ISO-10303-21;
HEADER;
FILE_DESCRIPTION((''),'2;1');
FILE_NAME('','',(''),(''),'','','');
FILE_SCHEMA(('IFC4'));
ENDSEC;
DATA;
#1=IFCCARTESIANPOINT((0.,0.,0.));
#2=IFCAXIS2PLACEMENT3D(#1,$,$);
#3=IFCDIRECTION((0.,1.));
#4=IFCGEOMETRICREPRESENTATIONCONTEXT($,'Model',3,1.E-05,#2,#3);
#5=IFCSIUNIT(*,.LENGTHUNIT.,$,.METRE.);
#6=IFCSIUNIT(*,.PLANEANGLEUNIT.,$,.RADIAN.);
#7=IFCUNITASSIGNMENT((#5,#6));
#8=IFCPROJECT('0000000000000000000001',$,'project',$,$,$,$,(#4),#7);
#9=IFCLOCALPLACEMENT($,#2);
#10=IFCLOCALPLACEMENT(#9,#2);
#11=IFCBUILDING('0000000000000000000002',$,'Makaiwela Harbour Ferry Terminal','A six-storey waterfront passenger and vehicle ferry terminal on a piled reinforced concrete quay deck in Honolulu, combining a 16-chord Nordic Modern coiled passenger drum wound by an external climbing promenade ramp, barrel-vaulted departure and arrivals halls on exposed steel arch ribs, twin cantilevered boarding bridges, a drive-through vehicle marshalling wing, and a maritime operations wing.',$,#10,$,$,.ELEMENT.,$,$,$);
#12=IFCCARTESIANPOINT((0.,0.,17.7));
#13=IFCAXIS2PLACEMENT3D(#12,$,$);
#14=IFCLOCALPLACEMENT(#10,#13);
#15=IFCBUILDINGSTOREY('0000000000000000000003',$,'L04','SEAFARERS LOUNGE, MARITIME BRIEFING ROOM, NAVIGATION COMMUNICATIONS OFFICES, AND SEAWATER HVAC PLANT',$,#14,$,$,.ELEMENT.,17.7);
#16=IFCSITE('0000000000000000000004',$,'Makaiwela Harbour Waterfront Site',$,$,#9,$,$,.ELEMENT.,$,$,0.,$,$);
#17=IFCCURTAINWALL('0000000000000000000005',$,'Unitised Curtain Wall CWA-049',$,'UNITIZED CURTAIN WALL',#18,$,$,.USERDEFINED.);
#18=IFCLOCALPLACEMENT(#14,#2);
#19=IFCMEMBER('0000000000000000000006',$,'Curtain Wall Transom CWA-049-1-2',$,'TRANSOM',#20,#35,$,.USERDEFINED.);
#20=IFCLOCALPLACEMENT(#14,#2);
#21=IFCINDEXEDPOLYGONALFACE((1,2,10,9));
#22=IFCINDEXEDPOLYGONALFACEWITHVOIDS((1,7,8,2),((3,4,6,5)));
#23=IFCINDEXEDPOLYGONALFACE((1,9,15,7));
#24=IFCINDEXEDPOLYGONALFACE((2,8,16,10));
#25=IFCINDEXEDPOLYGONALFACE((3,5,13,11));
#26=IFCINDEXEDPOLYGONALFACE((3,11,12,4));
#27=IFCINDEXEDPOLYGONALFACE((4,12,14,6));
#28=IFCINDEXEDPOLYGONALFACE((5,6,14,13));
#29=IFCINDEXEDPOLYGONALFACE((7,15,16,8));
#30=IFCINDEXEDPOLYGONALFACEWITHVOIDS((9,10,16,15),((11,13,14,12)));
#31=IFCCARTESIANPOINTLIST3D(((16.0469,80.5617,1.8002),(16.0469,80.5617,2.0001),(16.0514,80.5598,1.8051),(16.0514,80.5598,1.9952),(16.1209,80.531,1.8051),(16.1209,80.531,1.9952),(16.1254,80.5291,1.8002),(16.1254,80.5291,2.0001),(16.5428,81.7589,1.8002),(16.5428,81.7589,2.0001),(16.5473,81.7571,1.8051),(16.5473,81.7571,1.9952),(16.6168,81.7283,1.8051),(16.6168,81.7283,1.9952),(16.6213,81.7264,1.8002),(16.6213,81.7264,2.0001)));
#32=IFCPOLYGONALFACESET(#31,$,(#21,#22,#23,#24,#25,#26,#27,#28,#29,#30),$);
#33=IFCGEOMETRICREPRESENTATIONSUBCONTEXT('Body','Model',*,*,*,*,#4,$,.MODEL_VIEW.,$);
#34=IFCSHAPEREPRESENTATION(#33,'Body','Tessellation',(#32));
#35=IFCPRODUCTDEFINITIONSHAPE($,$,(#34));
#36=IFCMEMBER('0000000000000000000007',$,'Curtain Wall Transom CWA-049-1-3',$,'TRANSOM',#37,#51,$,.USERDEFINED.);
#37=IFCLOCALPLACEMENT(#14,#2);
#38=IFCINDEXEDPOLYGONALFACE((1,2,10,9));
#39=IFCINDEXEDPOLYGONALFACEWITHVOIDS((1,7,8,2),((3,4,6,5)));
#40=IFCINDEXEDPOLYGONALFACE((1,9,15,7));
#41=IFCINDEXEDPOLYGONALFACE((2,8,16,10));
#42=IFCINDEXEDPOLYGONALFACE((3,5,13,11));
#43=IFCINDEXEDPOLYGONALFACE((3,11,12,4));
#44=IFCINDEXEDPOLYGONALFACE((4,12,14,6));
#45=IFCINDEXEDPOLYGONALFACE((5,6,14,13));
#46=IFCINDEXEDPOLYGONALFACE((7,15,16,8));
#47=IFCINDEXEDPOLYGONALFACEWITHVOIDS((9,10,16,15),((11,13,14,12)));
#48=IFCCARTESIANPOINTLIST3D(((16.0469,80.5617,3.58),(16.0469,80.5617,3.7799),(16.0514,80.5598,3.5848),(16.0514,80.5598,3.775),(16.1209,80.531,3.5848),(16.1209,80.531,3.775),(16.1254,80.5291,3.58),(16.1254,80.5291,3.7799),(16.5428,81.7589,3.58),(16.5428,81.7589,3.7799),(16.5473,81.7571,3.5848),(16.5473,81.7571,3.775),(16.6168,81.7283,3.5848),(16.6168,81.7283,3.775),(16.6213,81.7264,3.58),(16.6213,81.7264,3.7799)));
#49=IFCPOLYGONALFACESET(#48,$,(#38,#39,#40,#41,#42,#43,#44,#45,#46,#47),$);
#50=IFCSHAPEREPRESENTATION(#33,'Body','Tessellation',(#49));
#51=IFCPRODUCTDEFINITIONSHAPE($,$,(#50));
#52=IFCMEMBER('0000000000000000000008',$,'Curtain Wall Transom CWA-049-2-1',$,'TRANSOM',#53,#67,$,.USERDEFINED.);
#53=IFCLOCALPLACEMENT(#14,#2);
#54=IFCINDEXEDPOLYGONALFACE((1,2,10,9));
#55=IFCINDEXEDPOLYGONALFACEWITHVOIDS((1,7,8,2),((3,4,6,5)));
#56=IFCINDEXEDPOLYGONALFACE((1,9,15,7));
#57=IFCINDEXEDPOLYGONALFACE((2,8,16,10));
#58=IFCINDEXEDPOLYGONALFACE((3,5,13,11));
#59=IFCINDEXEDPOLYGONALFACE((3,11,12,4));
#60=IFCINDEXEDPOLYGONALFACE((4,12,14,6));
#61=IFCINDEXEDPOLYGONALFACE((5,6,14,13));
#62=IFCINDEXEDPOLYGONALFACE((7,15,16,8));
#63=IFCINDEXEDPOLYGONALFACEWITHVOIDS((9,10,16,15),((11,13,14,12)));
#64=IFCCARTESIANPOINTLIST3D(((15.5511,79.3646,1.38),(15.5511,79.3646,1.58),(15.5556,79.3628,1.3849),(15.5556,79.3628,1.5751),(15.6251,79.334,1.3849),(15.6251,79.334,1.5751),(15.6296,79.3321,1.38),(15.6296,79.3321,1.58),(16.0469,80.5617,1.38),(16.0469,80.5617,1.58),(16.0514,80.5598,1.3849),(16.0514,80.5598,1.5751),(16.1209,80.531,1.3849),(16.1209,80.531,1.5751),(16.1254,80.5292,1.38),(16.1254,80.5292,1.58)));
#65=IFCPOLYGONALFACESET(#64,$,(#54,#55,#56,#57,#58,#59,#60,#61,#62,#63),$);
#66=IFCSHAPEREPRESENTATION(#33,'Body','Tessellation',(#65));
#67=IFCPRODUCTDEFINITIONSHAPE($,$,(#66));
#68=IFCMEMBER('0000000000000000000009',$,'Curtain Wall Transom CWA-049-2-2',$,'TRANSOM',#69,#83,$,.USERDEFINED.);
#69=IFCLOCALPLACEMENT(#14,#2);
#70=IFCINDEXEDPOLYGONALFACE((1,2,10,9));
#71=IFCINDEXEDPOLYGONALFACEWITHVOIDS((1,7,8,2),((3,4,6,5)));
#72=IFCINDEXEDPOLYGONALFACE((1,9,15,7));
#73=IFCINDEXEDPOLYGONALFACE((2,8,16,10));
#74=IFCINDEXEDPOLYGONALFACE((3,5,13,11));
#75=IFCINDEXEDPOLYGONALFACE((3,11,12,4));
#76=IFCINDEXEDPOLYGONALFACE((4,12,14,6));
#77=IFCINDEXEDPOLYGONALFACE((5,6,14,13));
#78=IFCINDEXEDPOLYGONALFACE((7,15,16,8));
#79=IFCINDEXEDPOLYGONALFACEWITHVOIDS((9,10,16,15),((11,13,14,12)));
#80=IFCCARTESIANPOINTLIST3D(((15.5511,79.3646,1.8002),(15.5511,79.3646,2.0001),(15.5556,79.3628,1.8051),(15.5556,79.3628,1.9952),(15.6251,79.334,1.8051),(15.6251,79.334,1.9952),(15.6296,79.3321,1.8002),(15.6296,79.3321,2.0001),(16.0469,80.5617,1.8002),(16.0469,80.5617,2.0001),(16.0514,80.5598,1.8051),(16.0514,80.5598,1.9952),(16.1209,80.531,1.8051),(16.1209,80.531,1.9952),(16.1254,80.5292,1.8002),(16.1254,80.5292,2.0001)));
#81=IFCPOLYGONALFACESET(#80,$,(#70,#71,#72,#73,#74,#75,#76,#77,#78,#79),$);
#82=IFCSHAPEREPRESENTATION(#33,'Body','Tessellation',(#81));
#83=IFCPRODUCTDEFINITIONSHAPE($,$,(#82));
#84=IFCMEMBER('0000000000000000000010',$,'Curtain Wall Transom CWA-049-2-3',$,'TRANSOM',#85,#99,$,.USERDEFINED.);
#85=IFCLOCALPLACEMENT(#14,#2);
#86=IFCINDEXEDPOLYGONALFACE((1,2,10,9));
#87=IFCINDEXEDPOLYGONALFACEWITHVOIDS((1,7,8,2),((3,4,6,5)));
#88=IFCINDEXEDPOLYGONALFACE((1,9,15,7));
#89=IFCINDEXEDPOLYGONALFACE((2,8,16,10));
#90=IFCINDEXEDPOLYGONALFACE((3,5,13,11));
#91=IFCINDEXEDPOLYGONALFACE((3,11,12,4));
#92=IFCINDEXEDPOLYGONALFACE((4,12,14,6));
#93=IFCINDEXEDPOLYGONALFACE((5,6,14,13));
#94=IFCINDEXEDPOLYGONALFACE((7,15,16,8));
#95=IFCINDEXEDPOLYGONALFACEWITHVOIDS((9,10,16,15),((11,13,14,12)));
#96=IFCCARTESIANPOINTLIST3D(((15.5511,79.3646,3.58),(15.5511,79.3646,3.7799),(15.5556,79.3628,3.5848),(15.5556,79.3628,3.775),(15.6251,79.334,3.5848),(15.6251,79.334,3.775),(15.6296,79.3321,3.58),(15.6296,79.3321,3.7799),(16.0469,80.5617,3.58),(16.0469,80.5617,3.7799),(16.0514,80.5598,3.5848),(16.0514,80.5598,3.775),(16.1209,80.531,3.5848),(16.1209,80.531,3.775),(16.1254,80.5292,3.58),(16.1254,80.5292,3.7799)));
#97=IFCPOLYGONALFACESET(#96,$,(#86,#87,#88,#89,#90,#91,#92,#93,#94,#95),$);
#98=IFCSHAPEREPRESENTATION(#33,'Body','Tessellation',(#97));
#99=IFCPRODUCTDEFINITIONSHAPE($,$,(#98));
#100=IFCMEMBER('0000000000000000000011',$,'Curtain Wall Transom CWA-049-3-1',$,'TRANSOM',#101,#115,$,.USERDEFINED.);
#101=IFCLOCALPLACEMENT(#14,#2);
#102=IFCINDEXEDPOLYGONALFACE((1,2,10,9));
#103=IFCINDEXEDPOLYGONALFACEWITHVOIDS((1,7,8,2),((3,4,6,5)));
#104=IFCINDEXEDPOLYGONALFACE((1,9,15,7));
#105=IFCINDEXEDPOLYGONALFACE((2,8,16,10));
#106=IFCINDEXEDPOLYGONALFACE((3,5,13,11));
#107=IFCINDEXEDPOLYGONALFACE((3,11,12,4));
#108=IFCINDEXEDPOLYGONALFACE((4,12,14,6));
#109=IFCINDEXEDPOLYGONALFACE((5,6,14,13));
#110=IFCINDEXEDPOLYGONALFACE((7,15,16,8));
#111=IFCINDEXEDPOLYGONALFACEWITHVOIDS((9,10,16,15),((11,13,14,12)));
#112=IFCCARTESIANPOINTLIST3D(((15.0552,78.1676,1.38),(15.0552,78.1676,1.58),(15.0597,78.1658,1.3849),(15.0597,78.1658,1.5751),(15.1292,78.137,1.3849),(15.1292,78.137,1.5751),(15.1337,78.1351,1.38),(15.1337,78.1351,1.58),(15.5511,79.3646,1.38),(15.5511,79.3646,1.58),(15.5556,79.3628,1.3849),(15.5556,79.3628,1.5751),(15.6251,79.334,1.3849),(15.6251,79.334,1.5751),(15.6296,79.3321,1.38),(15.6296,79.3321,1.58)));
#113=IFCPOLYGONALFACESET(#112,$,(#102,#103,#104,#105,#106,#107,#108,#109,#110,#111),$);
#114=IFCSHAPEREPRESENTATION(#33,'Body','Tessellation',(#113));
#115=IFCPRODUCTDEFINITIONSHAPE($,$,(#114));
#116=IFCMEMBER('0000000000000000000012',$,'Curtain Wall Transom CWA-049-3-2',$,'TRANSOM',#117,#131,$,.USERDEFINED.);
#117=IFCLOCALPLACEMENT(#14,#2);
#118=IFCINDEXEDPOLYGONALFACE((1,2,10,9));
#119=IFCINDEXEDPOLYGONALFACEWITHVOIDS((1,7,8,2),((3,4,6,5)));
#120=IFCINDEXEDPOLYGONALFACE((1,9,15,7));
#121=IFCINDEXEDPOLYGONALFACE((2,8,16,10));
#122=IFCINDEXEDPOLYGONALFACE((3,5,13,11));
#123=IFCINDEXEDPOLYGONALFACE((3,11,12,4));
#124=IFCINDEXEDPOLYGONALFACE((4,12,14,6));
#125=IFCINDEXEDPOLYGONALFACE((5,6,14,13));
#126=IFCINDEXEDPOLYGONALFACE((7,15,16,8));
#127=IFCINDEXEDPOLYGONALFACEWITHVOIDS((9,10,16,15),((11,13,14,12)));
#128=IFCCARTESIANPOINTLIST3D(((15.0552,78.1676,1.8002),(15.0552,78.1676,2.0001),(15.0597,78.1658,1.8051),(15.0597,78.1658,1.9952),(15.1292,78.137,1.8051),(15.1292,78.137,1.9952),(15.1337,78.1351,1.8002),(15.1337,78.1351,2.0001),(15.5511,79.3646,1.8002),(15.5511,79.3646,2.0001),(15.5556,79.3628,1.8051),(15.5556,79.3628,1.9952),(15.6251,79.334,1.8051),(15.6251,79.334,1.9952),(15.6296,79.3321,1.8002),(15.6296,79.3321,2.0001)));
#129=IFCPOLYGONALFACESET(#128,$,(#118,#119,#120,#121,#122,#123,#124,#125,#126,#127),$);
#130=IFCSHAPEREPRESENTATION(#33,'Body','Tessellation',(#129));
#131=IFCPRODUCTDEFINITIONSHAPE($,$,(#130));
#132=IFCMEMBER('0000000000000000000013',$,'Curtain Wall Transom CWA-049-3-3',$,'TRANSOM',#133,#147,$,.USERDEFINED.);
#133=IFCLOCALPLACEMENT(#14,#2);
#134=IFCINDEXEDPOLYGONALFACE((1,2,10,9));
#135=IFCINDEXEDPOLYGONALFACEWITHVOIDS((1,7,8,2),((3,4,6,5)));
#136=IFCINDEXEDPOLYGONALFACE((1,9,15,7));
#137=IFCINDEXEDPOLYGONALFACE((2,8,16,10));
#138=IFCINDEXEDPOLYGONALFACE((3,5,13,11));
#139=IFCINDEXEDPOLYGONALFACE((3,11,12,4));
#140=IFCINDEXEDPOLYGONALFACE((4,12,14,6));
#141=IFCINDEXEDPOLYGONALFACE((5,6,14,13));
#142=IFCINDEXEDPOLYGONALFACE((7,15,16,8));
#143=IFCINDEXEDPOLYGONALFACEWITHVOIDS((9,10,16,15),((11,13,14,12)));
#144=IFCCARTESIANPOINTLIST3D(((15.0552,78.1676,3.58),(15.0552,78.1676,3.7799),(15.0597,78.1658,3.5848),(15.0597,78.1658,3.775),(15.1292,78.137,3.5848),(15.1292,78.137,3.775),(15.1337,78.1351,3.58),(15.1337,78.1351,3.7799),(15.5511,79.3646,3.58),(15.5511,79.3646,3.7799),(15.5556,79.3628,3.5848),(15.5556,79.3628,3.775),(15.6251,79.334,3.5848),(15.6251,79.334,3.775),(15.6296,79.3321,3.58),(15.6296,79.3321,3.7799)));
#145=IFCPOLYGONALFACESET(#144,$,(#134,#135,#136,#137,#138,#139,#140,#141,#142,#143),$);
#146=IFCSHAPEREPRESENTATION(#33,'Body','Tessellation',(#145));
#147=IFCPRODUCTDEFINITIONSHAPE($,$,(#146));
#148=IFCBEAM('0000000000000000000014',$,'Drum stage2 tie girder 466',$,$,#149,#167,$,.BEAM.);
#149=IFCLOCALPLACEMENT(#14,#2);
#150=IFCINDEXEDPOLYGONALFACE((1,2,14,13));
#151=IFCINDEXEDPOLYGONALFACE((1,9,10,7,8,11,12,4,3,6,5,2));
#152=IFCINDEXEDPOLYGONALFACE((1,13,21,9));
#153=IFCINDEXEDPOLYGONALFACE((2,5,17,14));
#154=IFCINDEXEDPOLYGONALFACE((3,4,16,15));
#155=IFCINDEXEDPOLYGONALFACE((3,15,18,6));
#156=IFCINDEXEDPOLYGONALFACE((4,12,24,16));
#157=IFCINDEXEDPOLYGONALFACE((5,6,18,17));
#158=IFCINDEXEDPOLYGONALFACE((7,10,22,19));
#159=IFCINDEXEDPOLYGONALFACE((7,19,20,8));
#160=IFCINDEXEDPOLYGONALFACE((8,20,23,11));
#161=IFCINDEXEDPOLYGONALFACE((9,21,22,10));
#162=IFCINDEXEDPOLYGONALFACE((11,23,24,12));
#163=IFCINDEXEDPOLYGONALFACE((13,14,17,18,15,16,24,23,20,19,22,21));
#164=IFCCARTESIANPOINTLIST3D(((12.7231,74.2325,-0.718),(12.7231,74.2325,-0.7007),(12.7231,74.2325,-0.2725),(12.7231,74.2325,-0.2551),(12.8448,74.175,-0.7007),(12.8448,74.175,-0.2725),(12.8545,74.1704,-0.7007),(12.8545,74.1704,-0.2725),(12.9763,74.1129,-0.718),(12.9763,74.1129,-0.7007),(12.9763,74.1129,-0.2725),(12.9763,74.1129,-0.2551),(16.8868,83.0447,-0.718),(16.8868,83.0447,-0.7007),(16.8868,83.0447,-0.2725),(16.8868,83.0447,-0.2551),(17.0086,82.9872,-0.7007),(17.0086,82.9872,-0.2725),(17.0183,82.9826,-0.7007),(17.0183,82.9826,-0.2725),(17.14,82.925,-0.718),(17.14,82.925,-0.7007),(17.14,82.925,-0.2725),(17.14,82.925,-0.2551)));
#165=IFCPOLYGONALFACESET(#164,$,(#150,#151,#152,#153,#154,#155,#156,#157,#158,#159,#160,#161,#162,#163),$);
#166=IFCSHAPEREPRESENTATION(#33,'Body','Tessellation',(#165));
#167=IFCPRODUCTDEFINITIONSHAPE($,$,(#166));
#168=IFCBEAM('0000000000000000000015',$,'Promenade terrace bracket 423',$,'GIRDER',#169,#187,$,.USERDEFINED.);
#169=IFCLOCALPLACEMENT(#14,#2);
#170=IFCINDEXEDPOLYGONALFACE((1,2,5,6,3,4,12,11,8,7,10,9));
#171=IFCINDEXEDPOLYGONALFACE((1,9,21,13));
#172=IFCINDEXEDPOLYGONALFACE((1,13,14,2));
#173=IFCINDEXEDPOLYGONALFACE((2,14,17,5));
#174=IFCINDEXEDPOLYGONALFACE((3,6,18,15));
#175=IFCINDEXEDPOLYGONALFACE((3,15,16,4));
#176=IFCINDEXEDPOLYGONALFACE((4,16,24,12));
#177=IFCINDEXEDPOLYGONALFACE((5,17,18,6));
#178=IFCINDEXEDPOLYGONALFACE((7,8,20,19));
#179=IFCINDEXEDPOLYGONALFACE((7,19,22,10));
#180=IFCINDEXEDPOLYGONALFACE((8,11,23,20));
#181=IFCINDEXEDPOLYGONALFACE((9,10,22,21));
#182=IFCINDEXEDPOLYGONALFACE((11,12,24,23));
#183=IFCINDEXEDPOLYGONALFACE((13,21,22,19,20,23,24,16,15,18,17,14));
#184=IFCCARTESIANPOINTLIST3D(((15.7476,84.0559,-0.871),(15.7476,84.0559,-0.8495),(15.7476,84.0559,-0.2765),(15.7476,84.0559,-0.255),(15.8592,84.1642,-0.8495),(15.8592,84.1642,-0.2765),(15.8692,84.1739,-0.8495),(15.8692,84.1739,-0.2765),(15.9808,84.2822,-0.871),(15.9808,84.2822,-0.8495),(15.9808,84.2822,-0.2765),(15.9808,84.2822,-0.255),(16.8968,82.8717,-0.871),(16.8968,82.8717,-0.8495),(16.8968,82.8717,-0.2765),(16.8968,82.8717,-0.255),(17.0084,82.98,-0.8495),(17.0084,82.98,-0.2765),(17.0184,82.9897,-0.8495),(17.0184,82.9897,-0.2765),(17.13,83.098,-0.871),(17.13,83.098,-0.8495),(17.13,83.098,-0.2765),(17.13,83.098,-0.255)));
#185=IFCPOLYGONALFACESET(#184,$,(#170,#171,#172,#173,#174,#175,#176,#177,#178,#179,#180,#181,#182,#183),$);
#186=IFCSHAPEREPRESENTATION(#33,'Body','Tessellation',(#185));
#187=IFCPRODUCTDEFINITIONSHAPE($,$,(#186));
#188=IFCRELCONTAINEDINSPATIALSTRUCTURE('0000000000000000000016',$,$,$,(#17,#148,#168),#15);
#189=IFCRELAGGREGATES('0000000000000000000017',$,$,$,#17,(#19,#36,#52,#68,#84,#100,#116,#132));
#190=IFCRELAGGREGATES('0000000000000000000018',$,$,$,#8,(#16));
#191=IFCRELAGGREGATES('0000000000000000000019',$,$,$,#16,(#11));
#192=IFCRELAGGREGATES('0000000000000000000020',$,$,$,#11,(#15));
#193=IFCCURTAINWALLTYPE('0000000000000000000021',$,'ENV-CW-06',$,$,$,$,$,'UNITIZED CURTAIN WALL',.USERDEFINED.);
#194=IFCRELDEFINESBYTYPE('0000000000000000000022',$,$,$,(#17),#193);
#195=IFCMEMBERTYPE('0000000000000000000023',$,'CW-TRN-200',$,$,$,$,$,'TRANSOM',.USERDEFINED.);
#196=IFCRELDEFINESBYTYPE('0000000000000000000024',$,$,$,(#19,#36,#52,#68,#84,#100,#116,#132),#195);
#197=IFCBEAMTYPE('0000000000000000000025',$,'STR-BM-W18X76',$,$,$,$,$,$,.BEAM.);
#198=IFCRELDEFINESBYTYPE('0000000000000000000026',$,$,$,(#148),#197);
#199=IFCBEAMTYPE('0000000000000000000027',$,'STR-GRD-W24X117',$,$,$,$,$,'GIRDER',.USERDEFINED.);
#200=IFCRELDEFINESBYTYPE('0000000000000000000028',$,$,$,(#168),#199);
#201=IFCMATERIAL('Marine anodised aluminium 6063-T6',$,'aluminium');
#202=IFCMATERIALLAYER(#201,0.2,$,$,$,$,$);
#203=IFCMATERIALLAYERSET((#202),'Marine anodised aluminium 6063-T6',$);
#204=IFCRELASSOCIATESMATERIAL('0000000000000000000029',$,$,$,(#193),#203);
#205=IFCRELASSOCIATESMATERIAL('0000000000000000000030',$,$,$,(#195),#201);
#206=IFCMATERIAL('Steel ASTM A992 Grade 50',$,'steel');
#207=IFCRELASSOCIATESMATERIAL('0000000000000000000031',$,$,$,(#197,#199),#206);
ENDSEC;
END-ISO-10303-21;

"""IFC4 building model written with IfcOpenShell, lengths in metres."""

from ifc_helpers import new_model, si_unit, direction, frame, origin, origin_2d, place, context, subcontext, project, spatial, hollow_rectangle, i_section, extrude, material, layer, layer_set, material_profile, profile_set, type_object, element, aggregate, save


model = new_model("IFC4")

# Units and contexts
model_context = context("Model", 3, precision=1e-05, world=origin(), true_north=direction((0.0, 1.0)))
body_context = subcontext(model_context, "Body", "Model", "MODEL_VIEW")
ifc_project = project(units=[si_unit("LENGTHUNIT", "METRE"), si_unit("PLANEANGLEUNIT", "RADIAN")], contexts=[model_context])

# Site, building, storey
site_placement = place(None, origin())
site = spatial("IfcSite", under=ifc_project, at=site_placement, Name="Makaiwela Harbour Waterfront Site", CompositionType="ELEMENT", RefElevation=0.0)
building_placement = place(site_placement, origin())
building = spatial("IfcBuilding", under=site, at=building_placement, Name="Makaiwela Harbour Ferry Terminal", Description="A six-storey waterfront passenger and vehicle ferry terminal on a piled reinforced concrete quay deck in Honolulu, combining a 16-chord Nordic Modern coiled passenger drum wound by an external climbing promenade ramp, barrel-vaulted departure and arrivals halls on exposed steel arch ribs, twin cantilevered boarding bridges, a drive-through vehicle marshalling wing, and a maritime operations wing.", CompositionType="ELEMENT")
storey_placement = place(building_placement, frame((0.0, 0.0, 17.7)))
storey = spatial("IfcBuildingStorey", under=building, at=storey_placement, Name="L04", Description="SEAFARERS LOUNGE, MARITIME BRIEFING ROOM, NAVIGATION COMMUNICATIONS OFFICES, AND SEAWATER HVAC PLANT", CompositionType="ELEMENT", Elevation=17.7)

# Curtain wall
ifc_material_1 = material(Name="Marine anodised aluminium 6063-T6", Category="aluminium")
ifc_layer_1 = layer(ifc_material_1, 0.2)
ifc_layer_set_1 = layer_set([ifc_layer_1], Name="Marine anodised aluminium 6063-T6")
curtain_wall_type = type_object("IfcCurtainWallType", Name="ENV-CW-06", ElementType="UNITIZED CURTAIN WALL", PredefinedType="USERDEFINED", material=ifc_layer_set_1)
curtain_wall_1_placement = place(storey_placement, origin())
curtain_wall_1 = element("IfcCurtainWall", 1, at=curtain_wall_1_placement, inside=storey, type_object=curtain_wall_type, Name="Unitised Curtain Wall CWA-049", ObjectType="UNITIZED CURTAIN WALL", PredefinedType="USERDEFINED")

# Members
ifc_material_profile_1 = material_profile(ifc_material_1, hollow_rectangle(XDim=0.085, YDim=0.2, WallThickness=0.0049, at=origin_2d()), Name="CWT-200X85")
ifc_profile_set_1 = profile_set([ifc_material_profile_1], Name="Marine anodised aluminium 6063-T6")
member_type_1 = type_object("IfcMemberType", Name="CW-TRN-200", ElementType="TRANSOM", PredefinedType="USERDEFINED", material=ifc_profile_set_1)
member_1_placement = place(storey_placement, frame((16.582, 81.7427, 1.9001), z_axis=(-0.382635, -0.9239, 0.0), x_axis=(0.9239, -0.382635, 0.0)))
member_1 = element("IfcMember", 2, at=member_1_placement, type_object=member_type_1, Name="Curtain Wall Transom CWA-049-1-2", ObjectType="TRANSOM", PredefinedType="USERDEFINED", context=body_context, shape_type="SweptSolid", body=[
    extrude(hollow_rectangle(XDim=0.085, YDim=0.2, WallThickness=0.0049, at=origin_2d()), origin(), (0.0, 0.0, 1.0), 1.2959),
])
member_2_placement = place(storey_placement, frame((16.582, 81.7427, 3.6799), z_axis=(-0.382635, -0.9239, 0.0), x_axis=(0.9239, -0.382635, 0.0)))
member_2 = element("IfcMember", 3, at=member_2_placement, type_object=member_type_1, Name="Curtain Wall Transom CWA-049-1-3", ObjectType="TRANSOM", PredefinedType="USERDEFINED", context=body_context, shape_type="SweptSolid", body=[
    extrude(hollow_rectangle(XDim=0.085, YDim=0.2, WallThickness=0.0049, at=origin_2d()), origin(), (0.0, 0.0, 1.0), 1.2959),
])
member_3_placement = place(storey_placement, frame((16.0862, 80.5454, 1.48), z_axis=(-0.382701, -0.923872, 0.0), x_axis=(0.923872, -0.382701, 0.0)))
member_3 = element("IfcMember", 4, at=member_3_placement, type_object=member_type_1, Name="Curtain Wall Transom CWA-049-2-1", ObjectType="TRANSOM", PredefinedType="USERDEFINED", context=body_context, shape_type="SweptSolid", body=[
    extrude(hollow_rectangle(XDim=0.085, YDim=0.2, WallThickness=0.0049, at=origin_2d()), origin(), (0.0, 0.0, 1.0), 1.2957),
])
member_4_placement = place(storey_placement, frame((16.0862, 80.5454, 1.9001), z_axis=(-0.382701, -0.923872, 0.0), x_axis=(0.923872, -0.382701, 0.0)))
member_4 = element("IfcMember", 5, at=member_4_placement, type_object=member_type_1, Name="Curtain Wall Transom CWA-049-2-2", ObjectType="TRANSOM", PredefinedType="USERDEFINED", context=body_context, shape_type="SweptSolid", body=[
    extrude(hollow_rectangle(XDim=0.085, YDim=0.2, WallThickness=0.0049, at=origin_2d()), origin(), (0.0, 0.0, 1.0), 1.2957),
])
member_5_placement = place(storey_placement, frame((16.0862, 80.5454, 3.6799), z_axis=(-0.382701, -0.923872, 0.0), x_axis=(0.923872, -0.382701, 0.0)))
member_5 = element("IfcMember", 6, at=member_5_placement, type_object=member_type_1, Name="Curtain Wall Transom CWA-049-2-3", ObjectType="TRANSOM", PredefinedType="USERDEFINED", context=body_context, shape_type="SweptSolid", body=[
    extrude(hollow_rectangle(XDim=0.085, YDim=0.2, WallThickness=0.0049, at=origin_2d()), origin(), (0.0, 0.0, 1.0), 1.2957),
])
member_6_placement = place(storey_placement, frame((15.5903, 79.3484, 1.48), z_axis=(-0.382701, -0.923872, 0.0), x_axis=(0.923872, -0.382701, 0.0)))
member_6 = element("IfcMember", 7, at=member_6_placement, type_object=member_type_1, Name="Curtain Wall Transom CWA-049-3-1", ObjectType="TRANSOM", PredefinedType="USERDEFINED", context=body_context, shape_type="SweptSolid", body=[
    extrude(hollow_rectangle(XDim=0.085, YDim=0.2, WallThickness=0.0049, at=origin_2d()), origin(), (0.0, 0.0, 1.0), 1.2957),
])
member_7_placement = place(storey_placement, frame((15.5903, 79.3484, 1.9001), z_axis=(-0.382701, -0.923872, 0.0), x_axis=(0.923872, -0.382701, 0.0)))
member_7 = element("IfcMember", 8, at=member_7_placement, type_object=member_type_1, Name="Curtain Wall Transom CWA-049-3-2", ObjectType="TRANSOM", PredefinedType="USERDEFINED", context=body_context, shape_type="SweptSolid", body=[
    extrude(hollow_rectangle(XDim=0.085, YDim=0.2, WallThickness=0.0049, at=origin_2d()), origin(), (0.0, 0.0, 1.0), 1.2957),
])
member_8_placement = place(storey_placement, frame((15.5903, 79.3484, 3.6799), z_axis=(-0.382701, -0.923872, 0.0), x_axis=(0.923872, -0.382701, 0.0)))
member_8 = element("IfcMember", 9, at=member_8_placement, type_object=member_type_1, Name="Curtain Wall Transom CWA-049-3-3", ObjectType="TRANSOM", PredefinedType="USERDEFINED", context=body_context, shape_type="SweptSolid", body=[
    extrude(hollow_rectangle(XDim=0.085, YDim=0.2, WallThickness=0.0049, at=origin_2d()), origin(), (0.0, 0.0, 1.0), 1.2957),
])

# Beams
ifc_material_2 = material(Name="Steel ASTM A992 Grade 50", Category="steel")
ifc_material_profile_2 = material_profile(ifc_material_2, i_section(OverallWidth=0.28, OverallDepth=0.4629, WebThickness=0.0107, FlangeThickness=0.0173, at=origin_2d()), Name="W18X76")
ifc_profile_set_2 = profile_set([ifc_material_profile_2], Name="Steel ASTM A992 Grade 50")
beam_type_1 = type_object("IfcBeamType", Name="STR-BM-W18X76", PredefinedType="BEAM", material=ifc_profile_set_2)
beam_1_placement = place(storey_placement, frame((17.0134, 82.9849, -0.4866), z_axis=(-0.427214, -0.904151, 0.0), x_axis=(0.904151, -0.427214, 0.0)))
element("IfcBeam", 10, at=beam_1_placement, inside=storey, type_object=beam_type_1, Name="Drum stage2 tie girder 466", PredefinedType="BEAM", context=body_context, shape_type="SweptSolid", body=[
    extrude(i_section(OverallWidth=0.28, OverallDepth=0.4629, WebThickness=0.0107, FlangeThickness=0.0173, at=origin_2d()), origin(), (0.0, 0.0, 1.0), 9.7463),
])
ifc_material_profile_3 = material_profile(ifc_material_2, i_section(OverallWidth=0.325, OverallDepth=0.616, WebThickness=0.0139, FlangeThickness=0.0215, at=origin_2d()), Name="W24X117")
ifc_profile_set_3 = profile_set([ifc_material_profile_3], Name="Steel ASTM A992 Grade 50")
beam_type_2 = type_object("IfcBeamType", Name="STR-GRD-W24X117", ElementType="GIRDER", PredefinedType="USERDEFINED", material=ifc_profile_set_3)
beam_2_placement = place(storey_placement, frame((17.0134, 82.9849, -0.563), z_axis=(-0.696448, 0.717607, 0.0), x_axis=(-0.717607, -0.696448, 0.0)))
element("IfcBeam", 11, at=beam_2_placement, inside=storey, type_object=beam_type_2, Name="Promenade terrace bracket 423", ObjectType="GIRDER", PredefinedType="USERDEFINED", context=body_context, shape_type="SweptSolid", body=[
    extrude(i_section(OverallWidth=0.325, OverallDepth=0.616, WebThickness=0.0139, FlangeThickness=0.0215, at=origin_2d()), origin(), (0.0, 0.0, 1.0), 1.6501),
])

aggregate(curtain_wall_1, [member_1, member_2, member_3, member_4, member_5, member_6, member_7, member_8])

save(model, "model.ifc")
